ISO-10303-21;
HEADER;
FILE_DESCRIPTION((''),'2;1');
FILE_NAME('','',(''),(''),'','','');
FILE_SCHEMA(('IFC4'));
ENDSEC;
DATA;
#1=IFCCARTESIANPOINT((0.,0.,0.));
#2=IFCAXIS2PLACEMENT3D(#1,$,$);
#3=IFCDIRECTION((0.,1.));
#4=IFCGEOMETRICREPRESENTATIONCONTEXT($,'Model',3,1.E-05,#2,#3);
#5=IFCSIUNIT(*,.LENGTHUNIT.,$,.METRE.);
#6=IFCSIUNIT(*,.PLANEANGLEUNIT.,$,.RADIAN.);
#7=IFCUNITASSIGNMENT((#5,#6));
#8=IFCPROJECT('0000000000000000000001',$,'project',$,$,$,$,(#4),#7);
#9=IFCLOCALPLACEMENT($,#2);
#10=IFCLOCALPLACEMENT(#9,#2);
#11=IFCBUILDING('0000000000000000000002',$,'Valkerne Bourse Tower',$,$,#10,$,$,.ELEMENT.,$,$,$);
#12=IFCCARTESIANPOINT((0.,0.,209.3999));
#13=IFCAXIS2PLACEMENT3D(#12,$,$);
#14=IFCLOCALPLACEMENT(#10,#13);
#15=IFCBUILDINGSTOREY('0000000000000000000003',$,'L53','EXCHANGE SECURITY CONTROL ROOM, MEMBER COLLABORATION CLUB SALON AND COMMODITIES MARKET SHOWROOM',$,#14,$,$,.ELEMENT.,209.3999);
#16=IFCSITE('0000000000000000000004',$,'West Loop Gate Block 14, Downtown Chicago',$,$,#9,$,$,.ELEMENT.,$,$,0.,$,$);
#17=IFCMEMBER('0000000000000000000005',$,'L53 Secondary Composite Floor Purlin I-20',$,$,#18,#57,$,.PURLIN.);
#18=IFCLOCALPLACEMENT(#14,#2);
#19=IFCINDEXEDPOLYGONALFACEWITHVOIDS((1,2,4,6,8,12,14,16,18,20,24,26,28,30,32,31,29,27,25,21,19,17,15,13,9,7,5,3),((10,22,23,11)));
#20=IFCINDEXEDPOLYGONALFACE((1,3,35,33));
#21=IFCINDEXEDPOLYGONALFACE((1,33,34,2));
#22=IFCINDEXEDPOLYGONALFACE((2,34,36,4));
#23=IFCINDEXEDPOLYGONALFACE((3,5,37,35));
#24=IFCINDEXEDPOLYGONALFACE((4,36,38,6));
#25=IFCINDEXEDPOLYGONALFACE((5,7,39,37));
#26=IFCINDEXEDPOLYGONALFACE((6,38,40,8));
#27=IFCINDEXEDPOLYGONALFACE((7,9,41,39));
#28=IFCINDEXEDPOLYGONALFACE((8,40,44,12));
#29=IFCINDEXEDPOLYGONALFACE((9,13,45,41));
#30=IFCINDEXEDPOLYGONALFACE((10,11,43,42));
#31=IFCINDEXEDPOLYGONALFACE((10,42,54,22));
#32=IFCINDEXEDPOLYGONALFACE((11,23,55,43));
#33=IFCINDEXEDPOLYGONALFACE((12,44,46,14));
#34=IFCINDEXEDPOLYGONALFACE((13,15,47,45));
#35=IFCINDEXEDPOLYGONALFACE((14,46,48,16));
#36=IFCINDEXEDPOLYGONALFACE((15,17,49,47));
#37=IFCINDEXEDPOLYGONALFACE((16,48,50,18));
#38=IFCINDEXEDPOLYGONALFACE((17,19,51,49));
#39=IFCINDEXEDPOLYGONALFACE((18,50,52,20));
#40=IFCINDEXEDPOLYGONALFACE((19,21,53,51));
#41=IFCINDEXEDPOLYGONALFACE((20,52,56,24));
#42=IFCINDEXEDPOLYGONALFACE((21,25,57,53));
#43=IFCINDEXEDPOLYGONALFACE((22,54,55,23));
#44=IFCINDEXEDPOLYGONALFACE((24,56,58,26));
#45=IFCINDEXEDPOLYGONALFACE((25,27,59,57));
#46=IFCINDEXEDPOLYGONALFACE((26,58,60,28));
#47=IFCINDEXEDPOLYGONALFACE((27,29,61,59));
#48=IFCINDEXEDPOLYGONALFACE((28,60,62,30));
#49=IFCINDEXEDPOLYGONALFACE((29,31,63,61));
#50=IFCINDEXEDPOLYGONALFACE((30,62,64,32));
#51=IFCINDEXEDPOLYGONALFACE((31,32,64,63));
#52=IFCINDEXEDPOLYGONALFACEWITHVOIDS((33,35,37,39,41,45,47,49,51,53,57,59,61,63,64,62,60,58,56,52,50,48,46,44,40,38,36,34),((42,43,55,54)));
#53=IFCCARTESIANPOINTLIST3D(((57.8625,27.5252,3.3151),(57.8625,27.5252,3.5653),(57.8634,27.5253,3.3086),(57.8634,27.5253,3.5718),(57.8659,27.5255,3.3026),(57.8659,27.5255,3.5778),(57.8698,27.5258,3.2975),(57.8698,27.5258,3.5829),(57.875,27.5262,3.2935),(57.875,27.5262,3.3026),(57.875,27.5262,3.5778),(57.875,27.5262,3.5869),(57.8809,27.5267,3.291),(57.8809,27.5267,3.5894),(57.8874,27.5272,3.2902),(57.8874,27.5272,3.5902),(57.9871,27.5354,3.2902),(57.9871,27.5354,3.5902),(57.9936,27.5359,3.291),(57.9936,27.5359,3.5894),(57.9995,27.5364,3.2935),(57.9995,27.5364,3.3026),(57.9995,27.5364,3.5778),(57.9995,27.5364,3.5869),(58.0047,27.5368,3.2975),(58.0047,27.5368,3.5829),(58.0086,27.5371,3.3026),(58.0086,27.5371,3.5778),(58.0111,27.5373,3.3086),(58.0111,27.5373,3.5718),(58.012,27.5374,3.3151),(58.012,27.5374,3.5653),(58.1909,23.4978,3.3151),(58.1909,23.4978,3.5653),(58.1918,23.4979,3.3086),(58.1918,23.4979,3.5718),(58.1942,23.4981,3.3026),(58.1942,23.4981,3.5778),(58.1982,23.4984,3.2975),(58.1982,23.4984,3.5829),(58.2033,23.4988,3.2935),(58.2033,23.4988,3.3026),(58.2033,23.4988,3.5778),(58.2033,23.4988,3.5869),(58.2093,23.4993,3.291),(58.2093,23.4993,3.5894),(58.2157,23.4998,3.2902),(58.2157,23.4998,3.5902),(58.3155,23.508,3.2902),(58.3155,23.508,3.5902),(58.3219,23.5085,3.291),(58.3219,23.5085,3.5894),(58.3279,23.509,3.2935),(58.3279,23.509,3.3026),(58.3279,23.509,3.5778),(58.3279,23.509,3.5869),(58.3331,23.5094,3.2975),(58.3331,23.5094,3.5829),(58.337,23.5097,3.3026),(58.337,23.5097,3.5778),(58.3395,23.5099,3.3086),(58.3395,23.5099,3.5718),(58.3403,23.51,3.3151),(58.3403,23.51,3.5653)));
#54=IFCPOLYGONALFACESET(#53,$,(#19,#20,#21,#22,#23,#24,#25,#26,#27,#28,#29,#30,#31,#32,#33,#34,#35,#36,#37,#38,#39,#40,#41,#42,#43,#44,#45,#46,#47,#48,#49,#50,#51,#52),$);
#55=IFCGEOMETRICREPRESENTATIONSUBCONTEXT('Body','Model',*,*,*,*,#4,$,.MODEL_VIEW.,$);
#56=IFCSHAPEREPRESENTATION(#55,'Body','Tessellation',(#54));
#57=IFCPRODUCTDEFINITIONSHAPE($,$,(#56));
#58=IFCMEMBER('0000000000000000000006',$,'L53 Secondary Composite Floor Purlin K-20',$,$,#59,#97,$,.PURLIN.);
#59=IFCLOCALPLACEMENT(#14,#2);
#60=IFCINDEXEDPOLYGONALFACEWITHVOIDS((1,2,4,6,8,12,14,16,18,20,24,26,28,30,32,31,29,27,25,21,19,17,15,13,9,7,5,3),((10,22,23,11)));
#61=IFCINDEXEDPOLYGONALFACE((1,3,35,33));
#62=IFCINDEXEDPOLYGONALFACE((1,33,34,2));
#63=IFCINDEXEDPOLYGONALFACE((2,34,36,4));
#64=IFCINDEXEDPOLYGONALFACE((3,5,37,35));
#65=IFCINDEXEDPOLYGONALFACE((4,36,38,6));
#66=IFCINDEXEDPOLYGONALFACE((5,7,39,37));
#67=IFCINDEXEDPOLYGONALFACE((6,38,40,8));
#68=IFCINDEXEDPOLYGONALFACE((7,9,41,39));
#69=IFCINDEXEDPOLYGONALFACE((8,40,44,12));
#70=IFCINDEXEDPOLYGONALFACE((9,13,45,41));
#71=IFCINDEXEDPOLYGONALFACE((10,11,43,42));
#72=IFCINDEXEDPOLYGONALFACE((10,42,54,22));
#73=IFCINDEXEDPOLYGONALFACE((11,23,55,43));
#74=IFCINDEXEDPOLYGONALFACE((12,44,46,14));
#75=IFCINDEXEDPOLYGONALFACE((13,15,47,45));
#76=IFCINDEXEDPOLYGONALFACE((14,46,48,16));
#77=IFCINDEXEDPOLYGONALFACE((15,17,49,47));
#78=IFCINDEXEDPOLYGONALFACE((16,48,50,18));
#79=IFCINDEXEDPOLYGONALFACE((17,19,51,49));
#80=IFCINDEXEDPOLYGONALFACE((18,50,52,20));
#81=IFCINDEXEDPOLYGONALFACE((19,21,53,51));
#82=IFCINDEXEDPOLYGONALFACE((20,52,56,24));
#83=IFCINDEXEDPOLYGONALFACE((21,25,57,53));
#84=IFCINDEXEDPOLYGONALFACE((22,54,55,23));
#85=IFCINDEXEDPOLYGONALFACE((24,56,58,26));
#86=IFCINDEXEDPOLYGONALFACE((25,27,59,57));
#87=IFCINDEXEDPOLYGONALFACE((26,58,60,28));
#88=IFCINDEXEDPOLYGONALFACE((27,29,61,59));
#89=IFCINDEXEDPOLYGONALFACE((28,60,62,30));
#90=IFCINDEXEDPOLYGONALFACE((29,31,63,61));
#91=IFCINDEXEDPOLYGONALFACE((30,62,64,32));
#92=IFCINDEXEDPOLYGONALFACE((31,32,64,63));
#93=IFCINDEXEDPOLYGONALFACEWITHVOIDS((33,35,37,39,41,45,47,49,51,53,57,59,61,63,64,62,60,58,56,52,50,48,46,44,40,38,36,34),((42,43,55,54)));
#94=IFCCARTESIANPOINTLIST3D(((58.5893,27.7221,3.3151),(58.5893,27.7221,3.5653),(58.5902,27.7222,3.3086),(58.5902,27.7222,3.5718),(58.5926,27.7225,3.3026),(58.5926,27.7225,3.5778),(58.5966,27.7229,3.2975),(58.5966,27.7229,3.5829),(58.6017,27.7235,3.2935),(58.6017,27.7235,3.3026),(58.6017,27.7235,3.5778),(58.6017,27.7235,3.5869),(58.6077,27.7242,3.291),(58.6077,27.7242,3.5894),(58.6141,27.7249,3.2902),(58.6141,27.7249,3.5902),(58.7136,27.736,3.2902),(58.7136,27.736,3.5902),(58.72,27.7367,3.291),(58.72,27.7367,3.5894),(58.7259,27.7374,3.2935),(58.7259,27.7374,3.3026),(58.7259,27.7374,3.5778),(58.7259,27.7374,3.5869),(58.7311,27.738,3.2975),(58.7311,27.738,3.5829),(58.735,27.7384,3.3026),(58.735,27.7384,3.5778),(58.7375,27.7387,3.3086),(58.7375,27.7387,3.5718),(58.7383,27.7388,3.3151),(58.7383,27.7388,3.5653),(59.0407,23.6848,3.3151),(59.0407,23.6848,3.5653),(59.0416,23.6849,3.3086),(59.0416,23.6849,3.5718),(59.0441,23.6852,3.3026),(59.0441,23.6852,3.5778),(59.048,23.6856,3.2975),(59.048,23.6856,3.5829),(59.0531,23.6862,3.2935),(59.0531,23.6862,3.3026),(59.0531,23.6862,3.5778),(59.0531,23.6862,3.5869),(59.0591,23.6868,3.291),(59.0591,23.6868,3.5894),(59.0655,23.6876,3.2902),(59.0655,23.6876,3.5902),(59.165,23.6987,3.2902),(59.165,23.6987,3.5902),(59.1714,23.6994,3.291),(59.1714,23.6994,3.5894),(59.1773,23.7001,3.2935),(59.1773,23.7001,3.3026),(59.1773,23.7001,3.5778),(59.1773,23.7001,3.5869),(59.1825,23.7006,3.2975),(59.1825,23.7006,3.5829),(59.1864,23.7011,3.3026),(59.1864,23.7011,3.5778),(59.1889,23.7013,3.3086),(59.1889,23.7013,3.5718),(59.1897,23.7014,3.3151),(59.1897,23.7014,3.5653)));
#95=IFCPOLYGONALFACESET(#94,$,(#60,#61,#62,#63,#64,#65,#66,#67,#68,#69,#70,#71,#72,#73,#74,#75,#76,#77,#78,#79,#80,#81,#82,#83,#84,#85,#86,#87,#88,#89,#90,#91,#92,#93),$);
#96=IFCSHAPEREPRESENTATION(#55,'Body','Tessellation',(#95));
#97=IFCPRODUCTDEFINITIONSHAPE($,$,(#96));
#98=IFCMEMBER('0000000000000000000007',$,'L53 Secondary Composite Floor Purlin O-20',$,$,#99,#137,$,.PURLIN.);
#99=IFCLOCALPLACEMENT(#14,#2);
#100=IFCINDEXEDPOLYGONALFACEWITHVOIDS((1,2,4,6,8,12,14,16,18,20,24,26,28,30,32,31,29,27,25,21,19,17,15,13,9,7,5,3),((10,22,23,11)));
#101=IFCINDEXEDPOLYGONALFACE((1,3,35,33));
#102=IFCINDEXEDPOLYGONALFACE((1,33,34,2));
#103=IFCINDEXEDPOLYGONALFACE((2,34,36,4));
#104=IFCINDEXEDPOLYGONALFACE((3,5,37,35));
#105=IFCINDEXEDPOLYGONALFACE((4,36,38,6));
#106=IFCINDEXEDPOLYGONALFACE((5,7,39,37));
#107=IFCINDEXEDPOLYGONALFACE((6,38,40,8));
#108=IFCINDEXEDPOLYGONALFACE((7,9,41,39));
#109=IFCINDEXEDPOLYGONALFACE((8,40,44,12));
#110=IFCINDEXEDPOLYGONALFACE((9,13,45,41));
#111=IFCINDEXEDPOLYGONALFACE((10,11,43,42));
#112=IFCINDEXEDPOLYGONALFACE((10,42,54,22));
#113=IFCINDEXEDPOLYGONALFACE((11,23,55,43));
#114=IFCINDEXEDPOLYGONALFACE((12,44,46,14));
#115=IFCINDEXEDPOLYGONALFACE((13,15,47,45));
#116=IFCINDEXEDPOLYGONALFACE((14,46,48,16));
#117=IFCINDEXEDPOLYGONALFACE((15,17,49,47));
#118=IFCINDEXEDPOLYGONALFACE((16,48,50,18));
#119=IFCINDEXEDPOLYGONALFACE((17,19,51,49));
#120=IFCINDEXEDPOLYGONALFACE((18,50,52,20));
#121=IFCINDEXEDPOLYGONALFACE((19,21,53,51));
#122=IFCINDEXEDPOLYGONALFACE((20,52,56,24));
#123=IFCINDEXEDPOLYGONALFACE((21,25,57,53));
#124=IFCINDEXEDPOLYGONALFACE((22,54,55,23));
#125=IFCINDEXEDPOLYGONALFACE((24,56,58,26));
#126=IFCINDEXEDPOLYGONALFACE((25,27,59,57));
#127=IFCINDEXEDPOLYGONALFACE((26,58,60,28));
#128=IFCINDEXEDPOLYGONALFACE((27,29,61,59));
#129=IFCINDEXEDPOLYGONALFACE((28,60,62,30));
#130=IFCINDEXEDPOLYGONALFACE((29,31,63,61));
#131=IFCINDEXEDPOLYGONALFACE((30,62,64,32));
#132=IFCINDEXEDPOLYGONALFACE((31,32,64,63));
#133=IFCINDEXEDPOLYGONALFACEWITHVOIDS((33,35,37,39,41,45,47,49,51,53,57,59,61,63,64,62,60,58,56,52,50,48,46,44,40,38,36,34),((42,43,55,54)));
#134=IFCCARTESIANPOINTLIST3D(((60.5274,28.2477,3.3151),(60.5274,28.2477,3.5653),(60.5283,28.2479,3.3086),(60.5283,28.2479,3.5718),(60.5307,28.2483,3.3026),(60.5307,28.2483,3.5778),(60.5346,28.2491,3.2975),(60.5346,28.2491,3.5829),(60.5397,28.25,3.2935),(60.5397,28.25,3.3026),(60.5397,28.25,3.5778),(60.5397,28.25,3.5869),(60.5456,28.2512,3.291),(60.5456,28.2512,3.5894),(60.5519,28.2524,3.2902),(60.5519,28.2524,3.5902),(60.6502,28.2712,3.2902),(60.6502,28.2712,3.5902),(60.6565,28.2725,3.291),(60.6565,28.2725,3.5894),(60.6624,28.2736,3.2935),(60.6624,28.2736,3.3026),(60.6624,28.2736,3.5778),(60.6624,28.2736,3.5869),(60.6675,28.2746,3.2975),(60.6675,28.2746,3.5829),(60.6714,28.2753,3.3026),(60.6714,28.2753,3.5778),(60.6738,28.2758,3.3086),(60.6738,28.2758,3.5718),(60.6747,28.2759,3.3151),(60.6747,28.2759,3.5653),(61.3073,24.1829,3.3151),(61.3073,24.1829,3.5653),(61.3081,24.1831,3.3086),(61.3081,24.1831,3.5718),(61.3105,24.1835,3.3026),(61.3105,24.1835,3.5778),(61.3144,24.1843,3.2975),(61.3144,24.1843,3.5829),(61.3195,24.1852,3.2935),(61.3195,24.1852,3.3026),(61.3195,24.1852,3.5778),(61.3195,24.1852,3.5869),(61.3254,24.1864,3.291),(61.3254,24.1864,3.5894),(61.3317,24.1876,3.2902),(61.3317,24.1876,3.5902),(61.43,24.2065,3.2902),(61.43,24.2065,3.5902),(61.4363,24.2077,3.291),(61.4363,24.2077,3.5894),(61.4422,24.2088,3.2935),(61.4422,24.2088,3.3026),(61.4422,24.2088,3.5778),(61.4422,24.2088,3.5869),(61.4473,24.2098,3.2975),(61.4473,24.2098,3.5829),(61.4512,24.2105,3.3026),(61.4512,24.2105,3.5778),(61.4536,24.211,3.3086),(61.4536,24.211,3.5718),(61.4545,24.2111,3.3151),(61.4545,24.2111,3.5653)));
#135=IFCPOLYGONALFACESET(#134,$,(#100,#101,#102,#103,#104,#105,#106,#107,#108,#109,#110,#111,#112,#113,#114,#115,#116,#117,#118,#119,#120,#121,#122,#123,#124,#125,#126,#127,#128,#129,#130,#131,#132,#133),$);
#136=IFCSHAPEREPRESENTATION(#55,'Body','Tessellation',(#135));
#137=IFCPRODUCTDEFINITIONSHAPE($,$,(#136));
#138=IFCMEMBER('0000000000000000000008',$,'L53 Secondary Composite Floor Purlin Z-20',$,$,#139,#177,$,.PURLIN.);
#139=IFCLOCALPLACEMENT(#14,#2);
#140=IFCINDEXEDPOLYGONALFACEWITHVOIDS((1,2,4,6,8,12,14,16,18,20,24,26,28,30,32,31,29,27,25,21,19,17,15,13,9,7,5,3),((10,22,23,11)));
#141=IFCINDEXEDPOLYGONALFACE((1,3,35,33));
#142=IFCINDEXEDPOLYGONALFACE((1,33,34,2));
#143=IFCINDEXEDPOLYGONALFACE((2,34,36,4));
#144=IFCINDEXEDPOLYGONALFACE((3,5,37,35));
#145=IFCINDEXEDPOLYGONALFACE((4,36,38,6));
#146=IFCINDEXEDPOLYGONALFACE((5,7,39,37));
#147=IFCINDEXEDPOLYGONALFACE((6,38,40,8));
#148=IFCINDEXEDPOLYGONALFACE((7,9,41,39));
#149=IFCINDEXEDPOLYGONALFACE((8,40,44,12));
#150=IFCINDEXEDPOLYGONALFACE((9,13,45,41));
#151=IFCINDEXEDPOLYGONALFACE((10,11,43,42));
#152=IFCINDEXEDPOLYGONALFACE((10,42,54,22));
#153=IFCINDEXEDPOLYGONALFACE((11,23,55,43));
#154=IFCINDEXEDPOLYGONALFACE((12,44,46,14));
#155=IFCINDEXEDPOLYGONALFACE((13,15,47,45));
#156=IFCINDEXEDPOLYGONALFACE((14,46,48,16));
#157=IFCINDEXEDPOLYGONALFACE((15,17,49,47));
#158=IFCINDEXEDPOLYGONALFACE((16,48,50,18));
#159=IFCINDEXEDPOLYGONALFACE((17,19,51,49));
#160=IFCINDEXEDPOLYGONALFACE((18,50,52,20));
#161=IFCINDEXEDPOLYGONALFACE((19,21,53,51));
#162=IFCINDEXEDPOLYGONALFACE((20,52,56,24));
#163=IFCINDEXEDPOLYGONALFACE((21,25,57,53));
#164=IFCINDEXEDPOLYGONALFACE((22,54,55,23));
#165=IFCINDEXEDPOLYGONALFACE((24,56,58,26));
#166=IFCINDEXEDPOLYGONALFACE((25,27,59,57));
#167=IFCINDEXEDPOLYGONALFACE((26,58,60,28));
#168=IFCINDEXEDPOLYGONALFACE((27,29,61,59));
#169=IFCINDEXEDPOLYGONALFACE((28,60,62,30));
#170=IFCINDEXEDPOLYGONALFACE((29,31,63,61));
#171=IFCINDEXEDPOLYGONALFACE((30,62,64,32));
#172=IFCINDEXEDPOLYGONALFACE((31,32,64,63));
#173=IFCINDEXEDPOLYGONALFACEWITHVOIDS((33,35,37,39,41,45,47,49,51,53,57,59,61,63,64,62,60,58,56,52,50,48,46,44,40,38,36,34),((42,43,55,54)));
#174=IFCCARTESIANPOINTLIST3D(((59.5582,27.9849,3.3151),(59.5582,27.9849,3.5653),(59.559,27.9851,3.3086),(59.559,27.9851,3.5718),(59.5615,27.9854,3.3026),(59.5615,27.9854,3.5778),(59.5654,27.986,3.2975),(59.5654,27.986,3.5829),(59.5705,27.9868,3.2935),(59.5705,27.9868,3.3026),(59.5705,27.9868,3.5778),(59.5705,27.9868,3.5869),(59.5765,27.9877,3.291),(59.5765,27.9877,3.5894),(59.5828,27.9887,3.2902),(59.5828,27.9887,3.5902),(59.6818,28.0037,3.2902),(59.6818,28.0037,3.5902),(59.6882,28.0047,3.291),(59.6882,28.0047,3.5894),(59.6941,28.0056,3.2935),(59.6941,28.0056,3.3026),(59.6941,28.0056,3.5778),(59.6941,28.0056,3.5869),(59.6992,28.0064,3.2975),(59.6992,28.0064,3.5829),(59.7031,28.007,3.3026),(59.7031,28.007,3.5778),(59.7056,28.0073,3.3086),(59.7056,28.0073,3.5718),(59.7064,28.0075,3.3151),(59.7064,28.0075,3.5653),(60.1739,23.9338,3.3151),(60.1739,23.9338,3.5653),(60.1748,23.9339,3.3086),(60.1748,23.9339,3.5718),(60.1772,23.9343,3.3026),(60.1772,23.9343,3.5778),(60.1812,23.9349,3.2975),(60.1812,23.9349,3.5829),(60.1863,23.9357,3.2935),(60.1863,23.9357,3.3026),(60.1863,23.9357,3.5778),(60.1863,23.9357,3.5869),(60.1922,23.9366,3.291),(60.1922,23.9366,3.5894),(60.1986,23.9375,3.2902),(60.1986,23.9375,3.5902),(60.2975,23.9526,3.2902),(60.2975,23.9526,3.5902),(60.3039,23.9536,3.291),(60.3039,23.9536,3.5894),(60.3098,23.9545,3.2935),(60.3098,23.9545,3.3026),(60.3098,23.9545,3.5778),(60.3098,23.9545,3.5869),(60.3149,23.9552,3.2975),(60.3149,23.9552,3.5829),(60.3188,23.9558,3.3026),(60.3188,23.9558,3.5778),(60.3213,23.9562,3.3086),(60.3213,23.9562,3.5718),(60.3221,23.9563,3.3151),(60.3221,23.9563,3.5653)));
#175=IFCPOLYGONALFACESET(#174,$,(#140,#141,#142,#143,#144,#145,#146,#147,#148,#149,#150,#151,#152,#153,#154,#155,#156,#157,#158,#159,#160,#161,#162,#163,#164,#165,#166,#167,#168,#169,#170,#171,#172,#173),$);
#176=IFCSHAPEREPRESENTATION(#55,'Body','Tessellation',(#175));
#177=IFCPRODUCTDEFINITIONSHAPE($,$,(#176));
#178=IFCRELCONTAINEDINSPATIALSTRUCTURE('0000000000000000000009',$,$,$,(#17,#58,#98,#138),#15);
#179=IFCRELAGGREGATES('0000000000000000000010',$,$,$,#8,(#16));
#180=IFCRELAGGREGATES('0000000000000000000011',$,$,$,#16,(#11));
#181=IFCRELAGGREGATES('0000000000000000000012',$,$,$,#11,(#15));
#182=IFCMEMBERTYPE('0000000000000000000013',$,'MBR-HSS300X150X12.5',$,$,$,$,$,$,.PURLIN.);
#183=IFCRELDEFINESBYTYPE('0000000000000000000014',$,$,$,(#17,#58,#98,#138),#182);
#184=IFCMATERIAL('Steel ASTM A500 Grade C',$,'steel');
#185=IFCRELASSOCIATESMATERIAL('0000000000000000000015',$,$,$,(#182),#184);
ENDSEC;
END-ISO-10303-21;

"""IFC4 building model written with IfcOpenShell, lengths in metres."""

from ifc_helpers import new_model, si_unit, direction, frame, origin, origin_2d, place, context, subcontext, project, spatial, hollow_rectangle, extrude, material, material_profile, profile_set, type_object, element, save


model = new_model("IFC4")

# Units and contexts
model_context = context("Model", 3, precision=1e-05, world=origin(), true_north=direction((0.0, 1.0)))
body_context = subcontext(model_context, "Body", "Model", "MODEL_VIEW")
ifc_project = project(units=[si_unit("LENGTHUNIT", "METRE"), si_unit("PLANEANGLEUNIT", "RADIAN")], contexts=[model_context])

# Site, building, storey
site_placement = place(None, origin())
site = spatial("IfcSite", under=ifc_project, at=site_placement, Name="West Loop Gate Block 14, Downtown Chicago", CompositionType="ELEMENT", RefElevation=0.0)
building_placement = place(site_placement, origin())
building = spatial("IfcBuilding", under=site, at=building_placement, Name="Valkerne Bourse Tower", CompositionType="ELEMENT")
storey_placement = place(building_placement, frame((0.0, 0.0, 209.3999)))
storey = spatial("IfcBuildingStorey", under=building, at=storey_placement, Name="L53", Description="EXCHANGE SECURITY CONTROL ROOM, MEMBER COLLABORATION CLUB SALON AND COMMODITIES MARKET SHOWROOM", CompositionType="ELEMENT", Elevation=209.3999)

# Members
ifc_material_1 = material(Name="Steel ASTM A500 Grade C", Category="steel")
ifc_material_profile_1 = material_profile(ifc_material_1, hollow_rectangle(XDim=0.1499, YDim=0.3, WallThickness=0.0125, OuterFilletRadius=0.0249, at=origin_2d()), Name="HSS300X150X12.5")
ifc_profile_set_1 = profile_set([ifc_material_profile_1], Name="Steel ASTM A500 Grade C")
member_type_1 = type_object("IfcMemberType", Name="MBR-HSS300X150X12.5", PredefinedType="PURLIN", material=ifc_profile_set_1)
member_1_placement = place(storey_placement, frame((58.2656, 23.5039, 3.4402), z_axis=(-0.081265, 0.996693, 0.0), x_axis=(-0.996693, -0.081265, 0.0)))
element("IfcMember", 1, at=member_1_placement, inside=storey, type_object=member_type_1, Name="L53 Secondary Composite Floor Purlin I-20", PredefinedType="PURLIN", context=body_context, shape_type="SweptSolid", body=[
    extrude(hollow_rectangle(XDim=0.1499, YDim=0.3, WallThickness=0.0125, OuterFilletRadius=0.0249, at=origin_2d()), origin(), (0.0, 0.0, 1.0), 4.0408),
])
member_2_placement = place(storey_placement, frame((59.1152, 23.6931, 3.4402), z_axis=(-0.111117, 0.993807, 0.0), x_axis=(-0.993807, -0.111117, 0.0)))
element("IfcMember", 2, at=member_2_placement, inside=storey, type_object=member_type_1, Name="L53 Secondary Composite Floor Purlin K-20", PredefinedType="PURLIN", context=body_context, shape_type="SweptSolid", body=[
    extrude(hollow_rectangle(XDim=0.1499, YDim=0.3, WallThickness=0.0125, OuterFilletRadius=0.0249, at=origin_2d()), origin(), (0.0, 0.0, 1.0), 4.0625),
])
member_3_placement = place(storey_placement, frame((61.3809, 24.197, 3.4402), z_axis=(-0.188408, 0.982091, 0.0), x_axis=(-0.982091, -0.188408, 0.0)))
element("IfcMember", 3, at=member_3_placement, inside=storey, type_object=member_type_1, Name="L53 Secondary Composite Floor Purlin O-20", PredefinedType="PURLIN", context=body_context, shape_type="SweptSolid", body=[
    extrude(hollow_rectangle(XDim=0.1499, YDim=0.3, WallThickness=0.0125, OuterFilletRadius=0.0249, at=origin_2d()), origin(), (0.0, 0.0, 1.0), 4.1389),
])
member_4_placement = place(storey_placement, frame((60.248, 23.9451, 3.4402), z_axis=(-0.150266, 0.988646, 0.0), x_axis=(-0.988646, -0.150266, 0.0)))
element("IfcMember", 4, at=member_4_placement, inside=storey, type_object=member_type_1, Name="L53 Secondary Composite Floor Purlin Z-20", PredefinedType="PURLIN", context=body_context, shape_type="SweptSolid", body=[
    extrude(hollow_rectangle(XDim=0.1499, YDim=0.3, WallThickness=0.0125, OuterFilletRadius=0.0249, at=origin_2d()), origin(), (0.0, 0.0, 1.0), 4.0977),
])

save(model, "model.ifc")
